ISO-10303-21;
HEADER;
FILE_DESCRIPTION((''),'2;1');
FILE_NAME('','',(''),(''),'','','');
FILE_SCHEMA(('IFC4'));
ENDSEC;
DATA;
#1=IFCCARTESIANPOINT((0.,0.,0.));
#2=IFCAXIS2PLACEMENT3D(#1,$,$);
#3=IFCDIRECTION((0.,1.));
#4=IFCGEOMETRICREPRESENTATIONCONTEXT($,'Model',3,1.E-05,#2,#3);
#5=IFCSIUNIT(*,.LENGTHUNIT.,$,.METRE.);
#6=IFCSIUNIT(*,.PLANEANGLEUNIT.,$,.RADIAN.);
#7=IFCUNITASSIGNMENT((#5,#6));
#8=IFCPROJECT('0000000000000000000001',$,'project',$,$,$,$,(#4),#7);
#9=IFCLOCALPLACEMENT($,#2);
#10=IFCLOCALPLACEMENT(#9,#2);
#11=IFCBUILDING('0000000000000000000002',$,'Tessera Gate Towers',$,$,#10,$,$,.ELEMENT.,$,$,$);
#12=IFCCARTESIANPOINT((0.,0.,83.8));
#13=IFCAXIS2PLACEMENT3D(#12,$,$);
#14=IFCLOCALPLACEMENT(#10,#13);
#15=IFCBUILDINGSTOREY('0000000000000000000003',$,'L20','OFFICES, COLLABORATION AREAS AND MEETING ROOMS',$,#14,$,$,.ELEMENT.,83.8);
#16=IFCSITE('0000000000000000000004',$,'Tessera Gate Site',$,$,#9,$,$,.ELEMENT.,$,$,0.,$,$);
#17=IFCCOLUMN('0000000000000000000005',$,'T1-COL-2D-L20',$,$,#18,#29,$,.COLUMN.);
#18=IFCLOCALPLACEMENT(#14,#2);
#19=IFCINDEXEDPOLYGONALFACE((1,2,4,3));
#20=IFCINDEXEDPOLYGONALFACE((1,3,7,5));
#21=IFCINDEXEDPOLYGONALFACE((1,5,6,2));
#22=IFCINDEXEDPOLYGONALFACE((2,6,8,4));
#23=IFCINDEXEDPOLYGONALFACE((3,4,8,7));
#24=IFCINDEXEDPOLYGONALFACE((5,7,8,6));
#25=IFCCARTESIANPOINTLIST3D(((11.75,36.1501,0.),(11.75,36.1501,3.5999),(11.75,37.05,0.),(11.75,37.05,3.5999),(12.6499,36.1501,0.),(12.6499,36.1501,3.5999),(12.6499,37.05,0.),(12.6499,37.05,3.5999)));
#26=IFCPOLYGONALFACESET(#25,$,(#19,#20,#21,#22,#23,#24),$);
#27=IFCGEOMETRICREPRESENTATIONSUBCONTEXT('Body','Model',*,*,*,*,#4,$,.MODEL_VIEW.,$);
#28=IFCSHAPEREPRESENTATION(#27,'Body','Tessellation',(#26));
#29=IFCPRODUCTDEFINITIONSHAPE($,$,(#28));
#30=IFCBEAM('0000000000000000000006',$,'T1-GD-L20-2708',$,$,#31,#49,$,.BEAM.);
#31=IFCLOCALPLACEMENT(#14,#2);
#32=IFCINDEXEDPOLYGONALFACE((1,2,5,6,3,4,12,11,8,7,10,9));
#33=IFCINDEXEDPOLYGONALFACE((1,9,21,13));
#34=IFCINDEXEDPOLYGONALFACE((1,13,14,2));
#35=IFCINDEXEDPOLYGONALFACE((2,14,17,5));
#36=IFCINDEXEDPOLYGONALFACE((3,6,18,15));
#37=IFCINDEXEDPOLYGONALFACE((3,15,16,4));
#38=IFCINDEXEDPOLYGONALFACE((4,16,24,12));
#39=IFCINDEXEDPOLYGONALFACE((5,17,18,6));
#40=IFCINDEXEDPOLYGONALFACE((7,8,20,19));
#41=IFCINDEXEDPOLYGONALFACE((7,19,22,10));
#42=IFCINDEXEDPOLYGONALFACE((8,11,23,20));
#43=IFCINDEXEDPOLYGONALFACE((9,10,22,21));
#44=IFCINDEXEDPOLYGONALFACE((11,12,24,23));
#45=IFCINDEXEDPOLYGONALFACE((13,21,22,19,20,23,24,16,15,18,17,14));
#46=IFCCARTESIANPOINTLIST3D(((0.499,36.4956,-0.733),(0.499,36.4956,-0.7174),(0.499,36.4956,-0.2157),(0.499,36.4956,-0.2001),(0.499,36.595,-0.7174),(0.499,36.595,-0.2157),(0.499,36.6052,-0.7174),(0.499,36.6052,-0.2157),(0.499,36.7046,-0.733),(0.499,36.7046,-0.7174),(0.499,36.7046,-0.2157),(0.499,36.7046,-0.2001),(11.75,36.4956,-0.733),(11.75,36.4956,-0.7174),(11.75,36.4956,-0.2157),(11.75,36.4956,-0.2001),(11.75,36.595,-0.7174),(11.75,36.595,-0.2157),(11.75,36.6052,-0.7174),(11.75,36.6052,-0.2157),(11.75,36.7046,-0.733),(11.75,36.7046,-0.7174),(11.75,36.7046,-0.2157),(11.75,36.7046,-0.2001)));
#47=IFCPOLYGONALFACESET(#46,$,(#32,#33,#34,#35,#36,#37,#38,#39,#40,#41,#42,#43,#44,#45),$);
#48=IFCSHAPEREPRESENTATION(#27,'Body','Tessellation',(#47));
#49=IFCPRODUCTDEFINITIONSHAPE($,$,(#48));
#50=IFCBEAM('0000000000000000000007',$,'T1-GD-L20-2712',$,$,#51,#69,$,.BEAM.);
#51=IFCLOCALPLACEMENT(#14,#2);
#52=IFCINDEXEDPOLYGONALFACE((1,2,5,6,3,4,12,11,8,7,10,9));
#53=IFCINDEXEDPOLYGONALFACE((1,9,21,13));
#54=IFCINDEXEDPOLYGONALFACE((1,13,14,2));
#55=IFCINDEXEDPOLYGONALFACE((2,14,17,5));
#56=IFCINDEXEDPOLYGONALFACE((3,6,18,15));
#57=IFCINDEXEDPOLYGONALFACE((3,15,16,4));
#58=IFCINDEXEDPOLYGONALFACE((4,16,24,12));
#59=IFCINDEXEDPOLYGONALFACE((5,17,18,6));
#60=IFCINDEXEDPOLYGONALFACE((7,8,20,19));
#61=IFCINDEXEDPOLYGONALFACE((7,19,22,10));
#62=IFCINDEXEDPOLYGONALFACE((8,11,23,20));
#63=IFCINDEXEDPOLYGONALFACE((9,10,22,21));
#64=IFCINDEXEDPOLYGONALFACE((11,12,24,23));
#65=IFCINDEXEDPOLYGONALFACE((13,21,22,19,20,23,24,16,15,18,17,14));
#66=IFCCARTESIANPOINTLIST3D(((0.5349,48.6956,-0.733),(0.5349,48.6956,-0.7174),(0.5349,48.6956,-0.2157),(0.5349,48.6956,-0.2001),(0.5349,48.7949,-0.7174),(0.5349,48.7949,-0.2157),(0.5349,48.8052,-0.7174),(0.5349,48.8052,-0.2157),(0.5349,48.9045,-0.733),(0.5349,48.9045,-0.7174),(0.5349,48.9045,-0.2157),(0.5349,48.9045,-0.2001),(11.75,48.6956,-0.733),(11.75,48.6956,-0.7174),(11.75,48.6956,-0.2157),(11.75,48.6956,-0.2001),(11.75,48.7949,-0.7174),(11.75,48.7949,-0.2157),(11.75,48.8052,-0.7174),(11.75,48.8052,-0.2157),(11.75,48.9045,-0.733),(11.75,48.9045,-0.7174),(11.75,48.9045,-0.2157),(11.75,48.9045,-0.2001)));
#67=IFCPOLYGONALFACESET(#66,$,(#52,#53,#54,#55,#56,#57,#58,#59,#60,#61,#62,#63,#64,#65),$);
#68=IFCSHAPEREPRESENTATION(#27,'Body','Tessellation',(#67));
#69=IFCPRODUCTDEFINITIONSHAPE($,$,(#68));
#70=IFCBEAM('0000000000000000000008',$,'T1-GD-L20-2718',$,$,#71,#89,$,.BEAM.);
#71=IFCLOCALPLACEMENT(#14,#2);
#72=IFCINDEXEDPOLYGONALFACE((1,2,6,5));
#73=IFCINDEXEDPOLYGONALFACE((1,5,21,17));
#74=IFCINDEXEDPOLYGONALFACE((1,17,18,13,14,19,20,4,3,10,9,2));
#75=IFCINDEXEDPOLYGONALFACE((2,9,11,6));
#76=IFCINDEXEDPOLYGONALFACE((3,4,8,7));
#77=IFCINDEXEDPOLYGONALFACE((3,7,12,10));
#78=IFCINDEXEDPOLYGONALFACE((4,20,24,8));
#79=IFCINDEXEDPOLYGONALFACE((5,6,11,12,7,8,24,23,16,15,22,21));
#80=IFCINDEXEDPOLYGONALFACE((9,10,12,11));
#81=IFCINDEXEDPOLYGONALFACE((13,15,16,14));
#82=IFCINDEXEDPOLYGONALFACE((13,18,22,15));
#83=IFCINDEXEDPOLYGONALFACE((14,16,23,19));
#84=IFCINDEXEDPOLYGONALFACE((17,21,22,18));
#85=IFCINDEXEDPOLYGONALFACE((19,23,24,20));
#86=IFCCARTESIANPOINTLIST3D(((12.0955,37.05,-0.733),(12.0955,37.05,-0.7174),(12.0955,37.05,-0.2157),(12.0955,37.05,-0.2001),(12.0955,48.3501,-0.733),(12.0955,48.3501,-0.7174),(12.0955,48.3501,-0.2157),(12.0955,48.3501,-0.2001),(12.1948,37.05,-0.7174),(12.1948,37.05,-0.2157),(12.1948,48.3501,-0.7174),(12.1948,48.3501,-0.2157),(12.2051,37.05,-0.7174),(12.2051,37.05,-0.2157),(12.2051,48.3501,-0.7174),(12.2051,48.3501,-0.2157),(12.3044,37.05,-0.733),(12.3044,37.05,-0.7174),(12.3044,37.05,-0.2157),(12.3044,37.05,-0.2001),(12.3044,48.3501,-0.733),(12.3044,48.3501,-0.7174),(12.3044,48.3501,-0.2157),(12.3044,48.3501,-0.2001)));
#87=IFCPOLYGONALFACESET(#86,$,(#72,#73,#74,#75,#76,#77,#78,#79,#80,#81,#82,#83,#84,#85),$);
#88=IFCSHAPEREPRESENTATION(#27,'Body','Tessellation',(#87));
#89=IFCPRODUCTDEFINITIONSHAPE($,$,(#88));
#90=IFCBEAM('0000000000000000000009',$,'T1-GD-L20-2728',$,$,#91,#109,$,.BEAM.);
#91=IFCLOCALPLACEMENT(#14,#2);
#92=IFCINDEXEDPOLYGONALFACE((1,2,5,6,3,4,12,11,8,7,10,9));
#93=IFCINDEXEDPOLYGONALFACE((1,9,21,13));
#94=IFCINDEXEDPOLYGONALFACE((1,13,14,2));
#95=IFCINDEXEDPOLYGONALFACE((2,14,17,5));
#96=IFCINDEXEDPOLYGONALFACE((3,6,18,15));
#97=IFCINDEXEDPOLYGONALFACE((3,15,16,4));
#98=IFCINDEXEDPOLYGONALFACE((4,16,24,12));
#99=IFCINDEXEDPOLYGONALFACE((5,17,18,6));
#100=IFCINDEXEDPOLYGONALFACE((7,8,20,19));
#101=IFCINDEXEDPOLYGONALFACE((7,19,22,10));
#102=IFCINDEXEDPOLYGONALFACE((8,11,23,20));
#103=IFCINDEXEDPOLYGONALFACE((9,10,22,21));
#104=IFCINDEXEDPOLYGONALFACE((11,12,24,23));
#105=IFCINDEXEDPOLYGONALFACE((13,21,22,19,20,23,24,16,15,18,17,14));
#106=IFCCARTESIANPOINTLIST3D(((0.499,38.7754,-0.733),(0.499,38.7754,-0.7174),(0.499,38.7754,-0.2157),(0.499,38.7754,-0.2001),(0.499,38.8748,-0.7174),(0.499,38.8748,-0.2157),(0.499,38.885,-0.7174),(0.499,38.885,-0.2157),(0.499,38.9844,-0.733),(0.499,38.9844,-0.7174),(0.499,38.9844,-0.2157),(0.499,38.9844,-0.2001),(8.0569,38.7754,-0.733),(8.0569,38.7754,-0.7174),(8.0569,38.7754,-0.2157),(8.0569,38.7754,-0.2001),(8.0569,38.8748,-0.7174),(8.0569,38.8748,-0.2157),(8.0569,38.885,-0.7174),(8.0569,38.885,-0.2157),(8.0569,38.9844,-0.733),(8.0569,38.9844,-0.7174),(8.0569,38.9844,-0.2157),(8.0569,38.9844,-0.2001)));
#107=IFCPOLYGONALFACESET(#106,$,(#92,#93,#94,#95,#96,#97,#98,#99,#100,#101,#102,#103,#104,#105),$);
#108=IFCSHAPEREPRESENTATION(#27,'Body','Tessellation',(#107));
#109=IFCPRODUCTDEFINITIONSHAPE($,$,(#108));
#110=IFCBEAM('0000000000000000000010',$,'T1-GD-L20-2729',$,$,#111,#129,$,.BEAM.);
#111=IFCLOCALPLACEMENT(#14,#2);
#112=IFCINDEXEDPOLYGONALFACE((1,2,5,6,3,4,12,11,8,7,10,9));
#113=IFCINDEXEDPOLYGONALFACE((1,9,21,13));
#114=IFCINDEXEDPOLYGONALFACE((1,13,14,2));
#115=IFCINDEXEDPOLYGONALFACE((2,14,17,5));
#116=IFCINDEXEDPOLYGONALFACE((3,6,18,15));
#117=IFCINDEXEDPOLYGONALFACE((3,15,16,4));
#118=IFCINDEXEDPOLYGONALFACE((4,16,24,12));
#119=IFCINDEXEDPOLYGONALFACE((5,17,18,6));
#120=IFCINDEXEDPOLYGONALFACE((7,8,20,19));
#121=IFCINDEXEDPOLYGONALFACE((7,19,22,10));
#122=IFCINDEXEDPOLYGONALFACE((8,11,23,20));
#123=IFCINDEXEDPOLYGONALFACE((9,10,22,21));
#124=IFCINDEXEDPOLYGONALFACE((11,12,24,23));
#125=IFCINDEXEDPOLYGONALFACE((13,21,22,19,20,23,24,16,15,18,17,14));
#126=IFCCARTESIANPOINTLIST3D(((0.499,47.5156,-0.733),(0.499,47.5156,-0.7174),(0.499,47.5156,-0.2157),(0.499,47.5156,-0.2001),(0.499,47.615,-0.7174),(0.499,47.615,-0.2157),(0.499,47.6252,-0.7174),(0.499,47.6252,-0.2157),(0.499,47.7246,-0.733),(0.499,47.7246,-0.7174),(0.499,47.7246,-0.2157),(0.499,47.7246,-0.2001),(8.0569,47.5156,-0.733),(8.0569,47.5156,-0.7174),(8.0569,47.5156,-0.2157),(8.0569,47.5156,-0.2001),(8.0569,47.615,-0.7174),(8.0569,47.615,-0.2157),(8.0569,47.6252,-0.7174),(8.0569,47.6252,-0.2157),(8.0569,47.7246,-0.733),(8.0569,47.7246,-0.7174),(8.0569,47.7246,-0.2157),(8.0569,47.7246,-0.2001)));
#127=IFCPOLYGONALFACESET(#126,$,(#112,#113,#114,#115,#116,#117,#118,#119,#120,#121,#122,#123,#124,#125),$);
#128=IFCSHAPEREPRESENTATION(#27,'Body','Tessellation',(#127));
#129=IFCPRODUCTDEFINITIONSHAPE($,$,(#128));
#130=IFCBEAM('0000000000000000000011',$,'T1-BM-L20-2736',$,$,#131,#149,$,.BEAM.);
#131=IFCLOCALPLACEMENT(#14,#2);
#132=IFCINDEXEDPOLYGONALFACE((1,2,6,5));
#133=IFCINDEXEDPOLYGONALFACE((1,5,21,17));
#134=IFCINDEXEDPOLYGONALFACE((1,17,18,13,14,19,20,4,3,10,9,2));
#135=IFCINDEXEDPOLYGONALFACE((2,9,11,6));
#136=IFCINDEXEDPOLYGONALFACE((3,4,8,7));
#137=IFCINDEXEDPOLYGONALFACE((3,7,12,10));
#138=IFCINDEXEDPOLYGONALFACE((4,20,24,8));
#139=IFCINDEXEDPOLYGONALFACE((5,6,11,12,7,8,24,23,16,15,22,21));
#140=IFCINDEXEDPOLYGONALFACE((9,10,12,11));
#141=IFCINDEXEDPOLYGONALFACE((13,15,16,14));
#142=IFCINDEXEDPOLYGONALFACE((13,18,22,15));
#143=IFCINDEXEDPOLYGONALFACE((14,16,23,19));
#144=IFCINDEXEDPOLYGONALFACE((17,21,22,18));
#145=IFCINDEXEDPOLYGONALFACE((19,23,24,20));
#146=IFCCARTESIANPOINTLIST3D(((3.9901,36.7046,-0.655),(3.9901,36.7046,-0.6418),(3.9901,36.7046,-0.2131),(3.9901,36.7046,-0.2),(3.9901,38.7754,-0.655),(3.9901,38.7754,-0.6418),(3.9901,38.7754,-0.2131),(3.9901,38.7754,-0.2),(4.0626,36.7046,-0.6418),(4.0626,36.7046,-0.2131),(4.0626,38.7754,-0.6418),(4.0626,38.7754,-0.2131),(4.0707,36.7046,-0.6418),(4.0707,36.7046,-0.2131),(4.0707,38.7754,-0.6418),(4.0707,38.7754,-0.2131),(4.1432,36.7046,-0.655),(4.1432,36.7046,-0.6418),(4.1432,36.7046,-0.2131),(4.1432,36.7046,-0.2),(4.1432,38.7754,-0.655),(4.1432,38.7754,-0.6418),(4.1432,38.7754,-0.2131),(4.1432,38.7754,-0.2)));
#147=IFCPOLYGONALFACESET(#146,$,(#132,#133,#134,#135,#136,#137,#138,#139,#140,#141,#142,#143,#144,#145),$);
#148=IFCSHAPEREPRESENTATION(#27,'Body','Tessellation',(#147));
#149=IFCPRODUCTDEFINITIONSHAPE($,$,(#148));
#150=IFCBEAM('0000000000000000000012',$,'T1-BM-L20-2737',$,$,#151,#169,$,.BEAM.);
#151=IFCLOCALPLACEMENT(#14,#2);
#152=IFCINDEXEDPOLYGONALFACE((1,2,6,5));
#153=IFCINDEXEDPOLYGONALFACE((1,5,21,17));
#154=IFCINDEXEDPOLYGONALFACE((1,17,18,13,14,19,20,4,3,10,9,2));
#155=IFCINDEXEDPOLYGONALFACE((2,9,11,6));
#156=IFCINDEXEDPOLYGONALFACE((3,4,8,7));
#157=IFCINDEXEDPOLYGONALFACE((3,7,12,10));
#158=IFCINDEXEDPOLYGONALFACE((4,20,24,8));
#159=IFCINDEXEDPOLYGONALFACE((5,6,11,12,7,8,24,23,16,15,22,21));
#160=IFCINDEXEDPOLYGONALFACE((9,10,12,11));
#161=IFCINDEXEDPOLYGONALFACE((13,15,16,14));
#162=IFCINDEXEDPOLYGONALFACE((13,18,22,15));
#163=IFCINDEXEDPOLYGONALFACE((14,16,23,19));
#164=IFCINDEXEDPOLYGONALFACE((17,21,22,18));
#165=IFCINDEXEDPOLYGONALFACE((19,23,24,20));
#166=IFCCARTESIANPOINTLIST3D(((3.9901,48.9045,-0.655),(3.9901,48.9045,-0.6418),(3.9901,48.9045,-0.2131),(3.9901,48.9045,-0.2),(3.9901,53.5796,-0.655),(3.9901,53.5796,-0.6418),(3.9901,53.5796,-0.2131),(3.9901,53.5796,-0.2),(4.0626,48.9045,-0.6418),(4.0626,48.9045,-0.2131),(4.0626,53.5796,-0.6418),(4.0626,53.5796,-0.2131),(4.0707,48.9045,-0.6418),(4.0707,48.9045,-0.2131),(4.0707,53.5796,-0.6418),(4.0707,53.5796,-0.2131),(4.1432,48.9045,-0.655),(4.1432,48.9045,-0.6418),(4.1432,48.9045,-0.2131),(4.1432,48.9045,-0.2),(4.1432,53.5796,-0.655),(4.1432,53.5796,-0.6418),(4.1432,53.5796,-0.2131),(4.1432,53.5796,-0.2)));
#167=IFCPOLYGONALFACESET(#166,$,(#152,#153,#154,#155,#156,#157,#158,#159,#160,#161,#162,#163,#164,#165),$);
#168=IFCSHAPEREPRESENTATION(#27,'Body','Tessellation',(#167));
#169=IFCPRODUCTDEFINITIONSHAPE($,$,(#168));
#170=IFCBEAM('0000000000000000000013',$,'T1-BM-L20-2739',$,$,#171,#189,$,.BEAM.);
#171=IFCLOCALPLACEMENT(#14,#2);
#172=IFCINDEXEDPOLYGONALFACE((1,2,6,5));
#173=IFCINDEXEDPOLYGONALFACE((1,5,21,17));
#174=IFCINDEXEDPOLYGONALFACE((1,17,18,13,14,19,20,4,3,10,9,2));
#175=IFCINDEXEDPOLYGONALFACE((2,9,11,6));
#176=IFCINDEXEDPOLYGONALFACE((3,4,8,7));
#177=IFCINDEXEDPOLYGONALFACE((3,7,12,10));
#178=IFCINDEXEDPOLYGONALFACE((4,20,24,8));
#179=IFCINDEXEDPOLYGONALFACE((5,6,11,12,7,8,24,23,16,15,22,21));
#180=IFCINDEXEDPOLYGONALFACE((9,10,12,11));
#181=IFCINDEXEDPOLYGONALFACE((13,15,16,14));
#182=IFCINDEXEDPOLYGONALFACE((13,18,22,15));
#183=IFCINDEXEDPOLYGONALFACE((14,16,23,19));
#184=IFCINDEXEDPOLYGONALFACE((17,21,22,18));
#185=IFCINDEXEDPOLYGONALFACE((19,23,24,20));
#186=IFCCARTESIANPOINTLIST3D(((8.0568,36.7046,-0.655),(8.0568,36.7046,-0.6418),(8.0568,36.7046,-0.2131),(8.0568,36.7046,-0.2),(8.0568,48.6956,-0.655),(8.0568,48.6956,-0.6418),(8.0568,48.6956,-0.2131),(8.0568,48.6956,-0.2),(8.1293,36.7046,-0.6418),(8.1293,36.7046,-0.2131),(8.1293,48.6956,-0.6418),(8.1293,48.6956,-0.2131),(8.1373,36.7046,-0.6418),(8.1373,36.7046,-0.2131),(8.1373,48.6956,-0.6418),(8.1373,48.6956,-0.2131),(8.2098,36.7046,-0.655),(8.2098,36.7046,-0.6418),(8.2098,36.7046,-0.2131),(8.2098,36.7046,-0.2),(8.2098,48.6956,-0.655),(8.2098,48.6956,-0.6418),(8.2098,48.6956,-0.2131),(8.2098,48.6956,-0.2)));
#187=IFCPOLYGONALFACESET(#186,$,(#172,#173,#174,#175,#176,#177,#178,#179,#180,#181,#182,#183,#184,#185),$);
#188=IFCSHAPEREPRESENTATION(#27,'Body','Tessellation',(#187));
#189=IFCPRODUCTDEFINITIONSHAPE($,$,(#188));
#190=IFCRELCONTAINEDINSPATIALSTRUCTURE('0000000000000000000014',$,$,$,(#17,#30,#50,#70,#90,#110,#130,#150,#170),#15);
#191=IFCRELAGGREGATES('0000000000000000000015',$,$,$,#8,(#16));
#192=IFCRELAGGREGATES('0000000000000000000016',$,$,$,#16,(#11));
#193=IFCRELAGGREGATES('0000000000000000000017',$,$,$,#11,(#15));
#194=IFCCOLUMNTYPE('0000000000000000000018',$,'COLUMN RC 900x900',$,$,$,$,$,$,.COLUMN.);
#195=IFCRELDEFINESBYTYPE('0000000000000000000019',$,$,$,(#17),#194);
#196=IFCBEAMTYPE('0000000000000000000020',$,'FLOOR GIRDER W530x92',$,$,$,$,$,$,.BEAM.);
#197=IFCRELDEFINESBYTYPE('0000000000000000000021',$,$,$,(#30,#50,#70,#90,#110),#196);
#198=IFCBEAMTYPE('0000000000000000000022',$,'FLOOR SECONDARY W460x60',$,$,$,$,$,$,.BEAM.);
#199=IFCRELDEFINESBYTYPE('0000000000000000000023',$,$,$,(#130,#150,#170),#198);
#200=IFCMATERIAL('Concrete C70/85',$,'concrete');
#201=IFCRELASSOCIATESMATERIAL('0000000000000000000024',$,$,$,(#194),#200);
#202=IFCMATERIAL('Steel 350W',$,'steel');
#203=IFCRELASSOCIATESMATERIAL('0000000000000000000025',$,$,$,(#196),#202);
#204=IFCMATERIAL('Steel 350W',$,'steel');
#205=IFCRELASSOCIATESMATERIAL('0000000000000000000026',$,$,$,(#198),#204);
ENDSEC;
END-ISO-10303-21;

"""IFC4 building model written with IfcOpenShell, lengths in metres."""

from ifc_helpers import new_model, si_unit, direction, frame, origin, origin_2d, place, context, subcontext, project, spatial, rectangle, i_section, extrude, material, material_profile, profile_set, type_object, element, save


model = new_model("IFC4")

# Units and contexts
model_context = context("Model", 3, precision=1e-05, world=origin(), true_north=direction((0.0, 1.0)))
body_context = subcontext(model_context, "Body", "Model", "MODEL_VIEW")
ifc_project = project(units=[si_unit("LENGTHUNIT", "METRE"), si_unit("PLANEANGLEUNIT", "RADIAN")], contexts=[model_context])

# Site, building, storey
site_placement = place(None, origin())
site = spatial("IfcSite", under=ifc_project, at=site_placement, Name="Tessera Gate Site", CompositionType="ELEMENT", RefElevation=0.0)
building_placement = place(site_placement, origin())
building = spatial("IfcBuilding", under=site, at=building_placement, Name="Tessera Gate Towers", CompositionType="ELEMENT")
storey_placement = place(building_placement, frame((0.0, 0.0, 83.8)))
storey = spatial("IfcBuildingStorey", under=building, at=storey_placement, Name="L20", Description="OFFICES, COLLABORATION AREAS AND MEETING ROOMS", CompositionType="ELEMENT", Elevation=83.8)

# Column
ifc_material_1 = material(Name="Concrete C70/85", Category="concrete")
ifc_material_profile_1 = material_profile(ifc_material_1, rectangle(XDim=0.8999, YDim=0.8999, at=origin_2d()), Name="RC 900x900")
ifc_profile_set_1 = profile_set([ifc_material_profile_1], Name="Concrete C70/85")
column_type = type_object("IfcColumnType", Name="COLUMN RC 900x900", PredefinedType="COLUMN", material=ifc_profile_set_1)
column_placement = place(storey_placement, frame((12.2, 36.6001, 0.0), z_axis=(0.0, 0.0, 1.0), x_axis=(1.0, 0.0, 0.0)))
element("IfcColumn", 1, at=column_placement, inside=storey, type_object=column_type, Name="T1-COL-2D-L20", PredefinedType="COLUMN", context=body_context, shape_type="SweptSolid", body=[
    extrude(rectangle(XDim=0.8999, YDim=0.8999, at=origin_2d()), origin(), (0.0, 0.0, 1.0), 3.5999),
])

# Beams
ifc_material_2 = material(Name="Steel 350W", Category="steel")
ifc_material_profile_2 = material_profile(ifc_material_2, i_section(OverallWidth=0.209, OverallDepth=0.533, WebThickness=0.0103, FlangeThickness=0.0156, at=origin_2d()), Name="W530x92")
ifc_profile_set_2 = profile_set([ifc_material_profile_2], Name="Steel 350W")
beam_type_1 = type_object("IfcBeamType", Name="FLOOR GIRDER W530x92", PredefinedType="BEAM", material=ifc_profile_set_2)
beam_1_placement = place(storey_placement, frame((0.499, 36.6001, -0.4666), z_axis=(1.0, 0.0, 0.0), x_axis=(0.0, 1.0, 0.0)))
element("IfcBeam", 2, at=beam_1_placement, inside=storey, type_object=beam_type_1, Name="T1-GD-L20-2708", PredefinedType="BEAM", context=body_context, shape_type="SweptSolid", body=[
    extrude(i_section(OverallWidth=0.209, OverallDepth=0.533, WebThickness=0.0103, FlangeThickness=0.0156, at=origin_2d()), origin(), (0.0, 0.0, 1.0), 11.251),
])
beam_2_placement = place(storey_placement, frame((0.5349, 48.8, -0.4666), z_axis=(1.0, 0.0, 0.0), x_axis=(0.0, 1.0, 0.0)))
element("IfcBeam", 3, at=beam_2_placement, inside=storey, type_object=beam_type_1, Name="T1-GD-L20-2712", PredefinedType="BEAM", context=body_context, shape_type="SweptSolid", body=[
    extrude(i_section(OverallWidth=0.209, OverallDepth=0.533, WebThickness=0.0103, FlangeThickness=0.0156, at=origin_2d()), origin(), (0.0, 0.0, 1.0), 11.2151),
])
beam_3_placement = place(storey_placement, frame((12.2, 37.05, -0.4666), z_axis=(0.0, 1.0, 0.0), x_axis=(-1.0, 0.0, 0.0)))
element("IfcBeam", 4, at=beam_3_placement, inside=storey, type_object=beam_type_1, Name="T1-GD-L20-2718", PredefinedType="BEAM", context=body_context, shape_type="SweptSolid", body=[
    extrude(i_section(OverallWidth=0.209, OverallDepth=0.533, WebThickness=0.0103, FlangeThickness=0.0156, at=origin_2d()), origin(), (0.0, 0.0, 1.0), 11.3),
])
for number, where, z_axis, x_axis, name in (
    (5, (0.499, 38.8799, -0.4666), (1.0, 0.0, 0.0), (0.0, 1.0, 0.0), "T1-GD-L20-2728"),
    (6, (0.499, 47.6201, -0.4666), (1.0, 0.0, 0.0), (0.0, 1.0, 0.0), "T1-GD-L20-2729"),
):
    element("IfcBeam", number, at=place(storey_placement, frame(where, z_axis=z_axis, x_axis=x_axis)), inside=storey, type_object=beam_type_1, Name=name, PredefinedType="BEAM", context=body_context, shape_type="SweptSolid", body=[
        extrude(i_section(OverallWidth=0.209, OverallDepth=0.533, WebThickness=0.0103, FlangeThickness=0.0156, at=origin_2d()), origin(), (0.0, 0.0, 1.0), 7.5579),
    ])
ifc_material_3 = material(Name="Steel 350W", Category="steel")
ifc_material_profile_3 = material_profile(ifc_material_3, i_section(OverallWidth=0.1531, OverallDepth=0.4551, WebThickness=0.0081, FlangeThickness=0.0132, at=origin_2d()), Name="W460x60")
ifc_profile_set_3 = profile_set([ifc_material_profile_3], Name="Steel 350W")
beam_type_2 = type_object("IfcBeamType", Name="FLOOR SECONDARY W460x60", PredefinedType="BEAM", material=ifc_profile_set_3)
beam_4_placement = place(storey_placement, frame((4.0667, 36.7046, -0.4275), z_axis=(0.0, 1.0, 0.0), x_axis=(-1.0, 0.0, 0.0)))
element("IfcBeam", 7, at=beam_4_placement, inside=storey, type_object=beam_type_2, Name="T1-BM-L20-2736", PredefinedType="BEAM", context=body_context, shape_type="SweptSolid", body=[
    extrude(i_section(OverallWidth=0.1531, OverallDepth=0.4551, WebThickness=0.0081, FlangeThickness=0.0132, at=origin_2d()), origin(), (0.0, 0.0, 1.0), 2.0708),
])
beam_5_placement = place(storey_placement, frame((4.0667, 48.9045, -0.4275), z_axis=(0.0, 1.0, 0.0), x_axis=(-1.0, 0.0, 0.0)))
element("IfcBeam", 8, at=beam_5_placement, inside=storey, type_object=beam_type_2, Name="T1-BM-L20-2737", PredefinedType="BEAM", context=body_context, shape_type="SweptSolid", body=[
    extrude(i_section(OverallWidth=0.1531, OverallDepth=0.4551, WebThickness=0.0081, FlangeThickness=0.0132, at=origin_2d()), origin(), (0.0, 0.0, 1.0), 4.675),
])
beam_6_placement = place(storey_placement, frame((8.1333, 36.7046, -0.4275), z_axis=(0.0, 1.0, 0.0), x_axis=(-1.0, 0.0, 0.0)))
element("IfcBeam", 9, at=beam_6_placement, inside=storey, type_object=beam_type_2, Name="T1-BM-L20-2739", PredefinedType="BEAM", context=body_context, shape_type="SweptSolid", body=[
    extrude(i_section(OverallWidth=0.1531, OverallDepth=0.4551, WebThickness=0.0081, FlangeThickness=0.0132, at=origin_2d()), origin(), (0.0, 0.0, 1.0), 11.991),
])

save(model, "model.ifc")
